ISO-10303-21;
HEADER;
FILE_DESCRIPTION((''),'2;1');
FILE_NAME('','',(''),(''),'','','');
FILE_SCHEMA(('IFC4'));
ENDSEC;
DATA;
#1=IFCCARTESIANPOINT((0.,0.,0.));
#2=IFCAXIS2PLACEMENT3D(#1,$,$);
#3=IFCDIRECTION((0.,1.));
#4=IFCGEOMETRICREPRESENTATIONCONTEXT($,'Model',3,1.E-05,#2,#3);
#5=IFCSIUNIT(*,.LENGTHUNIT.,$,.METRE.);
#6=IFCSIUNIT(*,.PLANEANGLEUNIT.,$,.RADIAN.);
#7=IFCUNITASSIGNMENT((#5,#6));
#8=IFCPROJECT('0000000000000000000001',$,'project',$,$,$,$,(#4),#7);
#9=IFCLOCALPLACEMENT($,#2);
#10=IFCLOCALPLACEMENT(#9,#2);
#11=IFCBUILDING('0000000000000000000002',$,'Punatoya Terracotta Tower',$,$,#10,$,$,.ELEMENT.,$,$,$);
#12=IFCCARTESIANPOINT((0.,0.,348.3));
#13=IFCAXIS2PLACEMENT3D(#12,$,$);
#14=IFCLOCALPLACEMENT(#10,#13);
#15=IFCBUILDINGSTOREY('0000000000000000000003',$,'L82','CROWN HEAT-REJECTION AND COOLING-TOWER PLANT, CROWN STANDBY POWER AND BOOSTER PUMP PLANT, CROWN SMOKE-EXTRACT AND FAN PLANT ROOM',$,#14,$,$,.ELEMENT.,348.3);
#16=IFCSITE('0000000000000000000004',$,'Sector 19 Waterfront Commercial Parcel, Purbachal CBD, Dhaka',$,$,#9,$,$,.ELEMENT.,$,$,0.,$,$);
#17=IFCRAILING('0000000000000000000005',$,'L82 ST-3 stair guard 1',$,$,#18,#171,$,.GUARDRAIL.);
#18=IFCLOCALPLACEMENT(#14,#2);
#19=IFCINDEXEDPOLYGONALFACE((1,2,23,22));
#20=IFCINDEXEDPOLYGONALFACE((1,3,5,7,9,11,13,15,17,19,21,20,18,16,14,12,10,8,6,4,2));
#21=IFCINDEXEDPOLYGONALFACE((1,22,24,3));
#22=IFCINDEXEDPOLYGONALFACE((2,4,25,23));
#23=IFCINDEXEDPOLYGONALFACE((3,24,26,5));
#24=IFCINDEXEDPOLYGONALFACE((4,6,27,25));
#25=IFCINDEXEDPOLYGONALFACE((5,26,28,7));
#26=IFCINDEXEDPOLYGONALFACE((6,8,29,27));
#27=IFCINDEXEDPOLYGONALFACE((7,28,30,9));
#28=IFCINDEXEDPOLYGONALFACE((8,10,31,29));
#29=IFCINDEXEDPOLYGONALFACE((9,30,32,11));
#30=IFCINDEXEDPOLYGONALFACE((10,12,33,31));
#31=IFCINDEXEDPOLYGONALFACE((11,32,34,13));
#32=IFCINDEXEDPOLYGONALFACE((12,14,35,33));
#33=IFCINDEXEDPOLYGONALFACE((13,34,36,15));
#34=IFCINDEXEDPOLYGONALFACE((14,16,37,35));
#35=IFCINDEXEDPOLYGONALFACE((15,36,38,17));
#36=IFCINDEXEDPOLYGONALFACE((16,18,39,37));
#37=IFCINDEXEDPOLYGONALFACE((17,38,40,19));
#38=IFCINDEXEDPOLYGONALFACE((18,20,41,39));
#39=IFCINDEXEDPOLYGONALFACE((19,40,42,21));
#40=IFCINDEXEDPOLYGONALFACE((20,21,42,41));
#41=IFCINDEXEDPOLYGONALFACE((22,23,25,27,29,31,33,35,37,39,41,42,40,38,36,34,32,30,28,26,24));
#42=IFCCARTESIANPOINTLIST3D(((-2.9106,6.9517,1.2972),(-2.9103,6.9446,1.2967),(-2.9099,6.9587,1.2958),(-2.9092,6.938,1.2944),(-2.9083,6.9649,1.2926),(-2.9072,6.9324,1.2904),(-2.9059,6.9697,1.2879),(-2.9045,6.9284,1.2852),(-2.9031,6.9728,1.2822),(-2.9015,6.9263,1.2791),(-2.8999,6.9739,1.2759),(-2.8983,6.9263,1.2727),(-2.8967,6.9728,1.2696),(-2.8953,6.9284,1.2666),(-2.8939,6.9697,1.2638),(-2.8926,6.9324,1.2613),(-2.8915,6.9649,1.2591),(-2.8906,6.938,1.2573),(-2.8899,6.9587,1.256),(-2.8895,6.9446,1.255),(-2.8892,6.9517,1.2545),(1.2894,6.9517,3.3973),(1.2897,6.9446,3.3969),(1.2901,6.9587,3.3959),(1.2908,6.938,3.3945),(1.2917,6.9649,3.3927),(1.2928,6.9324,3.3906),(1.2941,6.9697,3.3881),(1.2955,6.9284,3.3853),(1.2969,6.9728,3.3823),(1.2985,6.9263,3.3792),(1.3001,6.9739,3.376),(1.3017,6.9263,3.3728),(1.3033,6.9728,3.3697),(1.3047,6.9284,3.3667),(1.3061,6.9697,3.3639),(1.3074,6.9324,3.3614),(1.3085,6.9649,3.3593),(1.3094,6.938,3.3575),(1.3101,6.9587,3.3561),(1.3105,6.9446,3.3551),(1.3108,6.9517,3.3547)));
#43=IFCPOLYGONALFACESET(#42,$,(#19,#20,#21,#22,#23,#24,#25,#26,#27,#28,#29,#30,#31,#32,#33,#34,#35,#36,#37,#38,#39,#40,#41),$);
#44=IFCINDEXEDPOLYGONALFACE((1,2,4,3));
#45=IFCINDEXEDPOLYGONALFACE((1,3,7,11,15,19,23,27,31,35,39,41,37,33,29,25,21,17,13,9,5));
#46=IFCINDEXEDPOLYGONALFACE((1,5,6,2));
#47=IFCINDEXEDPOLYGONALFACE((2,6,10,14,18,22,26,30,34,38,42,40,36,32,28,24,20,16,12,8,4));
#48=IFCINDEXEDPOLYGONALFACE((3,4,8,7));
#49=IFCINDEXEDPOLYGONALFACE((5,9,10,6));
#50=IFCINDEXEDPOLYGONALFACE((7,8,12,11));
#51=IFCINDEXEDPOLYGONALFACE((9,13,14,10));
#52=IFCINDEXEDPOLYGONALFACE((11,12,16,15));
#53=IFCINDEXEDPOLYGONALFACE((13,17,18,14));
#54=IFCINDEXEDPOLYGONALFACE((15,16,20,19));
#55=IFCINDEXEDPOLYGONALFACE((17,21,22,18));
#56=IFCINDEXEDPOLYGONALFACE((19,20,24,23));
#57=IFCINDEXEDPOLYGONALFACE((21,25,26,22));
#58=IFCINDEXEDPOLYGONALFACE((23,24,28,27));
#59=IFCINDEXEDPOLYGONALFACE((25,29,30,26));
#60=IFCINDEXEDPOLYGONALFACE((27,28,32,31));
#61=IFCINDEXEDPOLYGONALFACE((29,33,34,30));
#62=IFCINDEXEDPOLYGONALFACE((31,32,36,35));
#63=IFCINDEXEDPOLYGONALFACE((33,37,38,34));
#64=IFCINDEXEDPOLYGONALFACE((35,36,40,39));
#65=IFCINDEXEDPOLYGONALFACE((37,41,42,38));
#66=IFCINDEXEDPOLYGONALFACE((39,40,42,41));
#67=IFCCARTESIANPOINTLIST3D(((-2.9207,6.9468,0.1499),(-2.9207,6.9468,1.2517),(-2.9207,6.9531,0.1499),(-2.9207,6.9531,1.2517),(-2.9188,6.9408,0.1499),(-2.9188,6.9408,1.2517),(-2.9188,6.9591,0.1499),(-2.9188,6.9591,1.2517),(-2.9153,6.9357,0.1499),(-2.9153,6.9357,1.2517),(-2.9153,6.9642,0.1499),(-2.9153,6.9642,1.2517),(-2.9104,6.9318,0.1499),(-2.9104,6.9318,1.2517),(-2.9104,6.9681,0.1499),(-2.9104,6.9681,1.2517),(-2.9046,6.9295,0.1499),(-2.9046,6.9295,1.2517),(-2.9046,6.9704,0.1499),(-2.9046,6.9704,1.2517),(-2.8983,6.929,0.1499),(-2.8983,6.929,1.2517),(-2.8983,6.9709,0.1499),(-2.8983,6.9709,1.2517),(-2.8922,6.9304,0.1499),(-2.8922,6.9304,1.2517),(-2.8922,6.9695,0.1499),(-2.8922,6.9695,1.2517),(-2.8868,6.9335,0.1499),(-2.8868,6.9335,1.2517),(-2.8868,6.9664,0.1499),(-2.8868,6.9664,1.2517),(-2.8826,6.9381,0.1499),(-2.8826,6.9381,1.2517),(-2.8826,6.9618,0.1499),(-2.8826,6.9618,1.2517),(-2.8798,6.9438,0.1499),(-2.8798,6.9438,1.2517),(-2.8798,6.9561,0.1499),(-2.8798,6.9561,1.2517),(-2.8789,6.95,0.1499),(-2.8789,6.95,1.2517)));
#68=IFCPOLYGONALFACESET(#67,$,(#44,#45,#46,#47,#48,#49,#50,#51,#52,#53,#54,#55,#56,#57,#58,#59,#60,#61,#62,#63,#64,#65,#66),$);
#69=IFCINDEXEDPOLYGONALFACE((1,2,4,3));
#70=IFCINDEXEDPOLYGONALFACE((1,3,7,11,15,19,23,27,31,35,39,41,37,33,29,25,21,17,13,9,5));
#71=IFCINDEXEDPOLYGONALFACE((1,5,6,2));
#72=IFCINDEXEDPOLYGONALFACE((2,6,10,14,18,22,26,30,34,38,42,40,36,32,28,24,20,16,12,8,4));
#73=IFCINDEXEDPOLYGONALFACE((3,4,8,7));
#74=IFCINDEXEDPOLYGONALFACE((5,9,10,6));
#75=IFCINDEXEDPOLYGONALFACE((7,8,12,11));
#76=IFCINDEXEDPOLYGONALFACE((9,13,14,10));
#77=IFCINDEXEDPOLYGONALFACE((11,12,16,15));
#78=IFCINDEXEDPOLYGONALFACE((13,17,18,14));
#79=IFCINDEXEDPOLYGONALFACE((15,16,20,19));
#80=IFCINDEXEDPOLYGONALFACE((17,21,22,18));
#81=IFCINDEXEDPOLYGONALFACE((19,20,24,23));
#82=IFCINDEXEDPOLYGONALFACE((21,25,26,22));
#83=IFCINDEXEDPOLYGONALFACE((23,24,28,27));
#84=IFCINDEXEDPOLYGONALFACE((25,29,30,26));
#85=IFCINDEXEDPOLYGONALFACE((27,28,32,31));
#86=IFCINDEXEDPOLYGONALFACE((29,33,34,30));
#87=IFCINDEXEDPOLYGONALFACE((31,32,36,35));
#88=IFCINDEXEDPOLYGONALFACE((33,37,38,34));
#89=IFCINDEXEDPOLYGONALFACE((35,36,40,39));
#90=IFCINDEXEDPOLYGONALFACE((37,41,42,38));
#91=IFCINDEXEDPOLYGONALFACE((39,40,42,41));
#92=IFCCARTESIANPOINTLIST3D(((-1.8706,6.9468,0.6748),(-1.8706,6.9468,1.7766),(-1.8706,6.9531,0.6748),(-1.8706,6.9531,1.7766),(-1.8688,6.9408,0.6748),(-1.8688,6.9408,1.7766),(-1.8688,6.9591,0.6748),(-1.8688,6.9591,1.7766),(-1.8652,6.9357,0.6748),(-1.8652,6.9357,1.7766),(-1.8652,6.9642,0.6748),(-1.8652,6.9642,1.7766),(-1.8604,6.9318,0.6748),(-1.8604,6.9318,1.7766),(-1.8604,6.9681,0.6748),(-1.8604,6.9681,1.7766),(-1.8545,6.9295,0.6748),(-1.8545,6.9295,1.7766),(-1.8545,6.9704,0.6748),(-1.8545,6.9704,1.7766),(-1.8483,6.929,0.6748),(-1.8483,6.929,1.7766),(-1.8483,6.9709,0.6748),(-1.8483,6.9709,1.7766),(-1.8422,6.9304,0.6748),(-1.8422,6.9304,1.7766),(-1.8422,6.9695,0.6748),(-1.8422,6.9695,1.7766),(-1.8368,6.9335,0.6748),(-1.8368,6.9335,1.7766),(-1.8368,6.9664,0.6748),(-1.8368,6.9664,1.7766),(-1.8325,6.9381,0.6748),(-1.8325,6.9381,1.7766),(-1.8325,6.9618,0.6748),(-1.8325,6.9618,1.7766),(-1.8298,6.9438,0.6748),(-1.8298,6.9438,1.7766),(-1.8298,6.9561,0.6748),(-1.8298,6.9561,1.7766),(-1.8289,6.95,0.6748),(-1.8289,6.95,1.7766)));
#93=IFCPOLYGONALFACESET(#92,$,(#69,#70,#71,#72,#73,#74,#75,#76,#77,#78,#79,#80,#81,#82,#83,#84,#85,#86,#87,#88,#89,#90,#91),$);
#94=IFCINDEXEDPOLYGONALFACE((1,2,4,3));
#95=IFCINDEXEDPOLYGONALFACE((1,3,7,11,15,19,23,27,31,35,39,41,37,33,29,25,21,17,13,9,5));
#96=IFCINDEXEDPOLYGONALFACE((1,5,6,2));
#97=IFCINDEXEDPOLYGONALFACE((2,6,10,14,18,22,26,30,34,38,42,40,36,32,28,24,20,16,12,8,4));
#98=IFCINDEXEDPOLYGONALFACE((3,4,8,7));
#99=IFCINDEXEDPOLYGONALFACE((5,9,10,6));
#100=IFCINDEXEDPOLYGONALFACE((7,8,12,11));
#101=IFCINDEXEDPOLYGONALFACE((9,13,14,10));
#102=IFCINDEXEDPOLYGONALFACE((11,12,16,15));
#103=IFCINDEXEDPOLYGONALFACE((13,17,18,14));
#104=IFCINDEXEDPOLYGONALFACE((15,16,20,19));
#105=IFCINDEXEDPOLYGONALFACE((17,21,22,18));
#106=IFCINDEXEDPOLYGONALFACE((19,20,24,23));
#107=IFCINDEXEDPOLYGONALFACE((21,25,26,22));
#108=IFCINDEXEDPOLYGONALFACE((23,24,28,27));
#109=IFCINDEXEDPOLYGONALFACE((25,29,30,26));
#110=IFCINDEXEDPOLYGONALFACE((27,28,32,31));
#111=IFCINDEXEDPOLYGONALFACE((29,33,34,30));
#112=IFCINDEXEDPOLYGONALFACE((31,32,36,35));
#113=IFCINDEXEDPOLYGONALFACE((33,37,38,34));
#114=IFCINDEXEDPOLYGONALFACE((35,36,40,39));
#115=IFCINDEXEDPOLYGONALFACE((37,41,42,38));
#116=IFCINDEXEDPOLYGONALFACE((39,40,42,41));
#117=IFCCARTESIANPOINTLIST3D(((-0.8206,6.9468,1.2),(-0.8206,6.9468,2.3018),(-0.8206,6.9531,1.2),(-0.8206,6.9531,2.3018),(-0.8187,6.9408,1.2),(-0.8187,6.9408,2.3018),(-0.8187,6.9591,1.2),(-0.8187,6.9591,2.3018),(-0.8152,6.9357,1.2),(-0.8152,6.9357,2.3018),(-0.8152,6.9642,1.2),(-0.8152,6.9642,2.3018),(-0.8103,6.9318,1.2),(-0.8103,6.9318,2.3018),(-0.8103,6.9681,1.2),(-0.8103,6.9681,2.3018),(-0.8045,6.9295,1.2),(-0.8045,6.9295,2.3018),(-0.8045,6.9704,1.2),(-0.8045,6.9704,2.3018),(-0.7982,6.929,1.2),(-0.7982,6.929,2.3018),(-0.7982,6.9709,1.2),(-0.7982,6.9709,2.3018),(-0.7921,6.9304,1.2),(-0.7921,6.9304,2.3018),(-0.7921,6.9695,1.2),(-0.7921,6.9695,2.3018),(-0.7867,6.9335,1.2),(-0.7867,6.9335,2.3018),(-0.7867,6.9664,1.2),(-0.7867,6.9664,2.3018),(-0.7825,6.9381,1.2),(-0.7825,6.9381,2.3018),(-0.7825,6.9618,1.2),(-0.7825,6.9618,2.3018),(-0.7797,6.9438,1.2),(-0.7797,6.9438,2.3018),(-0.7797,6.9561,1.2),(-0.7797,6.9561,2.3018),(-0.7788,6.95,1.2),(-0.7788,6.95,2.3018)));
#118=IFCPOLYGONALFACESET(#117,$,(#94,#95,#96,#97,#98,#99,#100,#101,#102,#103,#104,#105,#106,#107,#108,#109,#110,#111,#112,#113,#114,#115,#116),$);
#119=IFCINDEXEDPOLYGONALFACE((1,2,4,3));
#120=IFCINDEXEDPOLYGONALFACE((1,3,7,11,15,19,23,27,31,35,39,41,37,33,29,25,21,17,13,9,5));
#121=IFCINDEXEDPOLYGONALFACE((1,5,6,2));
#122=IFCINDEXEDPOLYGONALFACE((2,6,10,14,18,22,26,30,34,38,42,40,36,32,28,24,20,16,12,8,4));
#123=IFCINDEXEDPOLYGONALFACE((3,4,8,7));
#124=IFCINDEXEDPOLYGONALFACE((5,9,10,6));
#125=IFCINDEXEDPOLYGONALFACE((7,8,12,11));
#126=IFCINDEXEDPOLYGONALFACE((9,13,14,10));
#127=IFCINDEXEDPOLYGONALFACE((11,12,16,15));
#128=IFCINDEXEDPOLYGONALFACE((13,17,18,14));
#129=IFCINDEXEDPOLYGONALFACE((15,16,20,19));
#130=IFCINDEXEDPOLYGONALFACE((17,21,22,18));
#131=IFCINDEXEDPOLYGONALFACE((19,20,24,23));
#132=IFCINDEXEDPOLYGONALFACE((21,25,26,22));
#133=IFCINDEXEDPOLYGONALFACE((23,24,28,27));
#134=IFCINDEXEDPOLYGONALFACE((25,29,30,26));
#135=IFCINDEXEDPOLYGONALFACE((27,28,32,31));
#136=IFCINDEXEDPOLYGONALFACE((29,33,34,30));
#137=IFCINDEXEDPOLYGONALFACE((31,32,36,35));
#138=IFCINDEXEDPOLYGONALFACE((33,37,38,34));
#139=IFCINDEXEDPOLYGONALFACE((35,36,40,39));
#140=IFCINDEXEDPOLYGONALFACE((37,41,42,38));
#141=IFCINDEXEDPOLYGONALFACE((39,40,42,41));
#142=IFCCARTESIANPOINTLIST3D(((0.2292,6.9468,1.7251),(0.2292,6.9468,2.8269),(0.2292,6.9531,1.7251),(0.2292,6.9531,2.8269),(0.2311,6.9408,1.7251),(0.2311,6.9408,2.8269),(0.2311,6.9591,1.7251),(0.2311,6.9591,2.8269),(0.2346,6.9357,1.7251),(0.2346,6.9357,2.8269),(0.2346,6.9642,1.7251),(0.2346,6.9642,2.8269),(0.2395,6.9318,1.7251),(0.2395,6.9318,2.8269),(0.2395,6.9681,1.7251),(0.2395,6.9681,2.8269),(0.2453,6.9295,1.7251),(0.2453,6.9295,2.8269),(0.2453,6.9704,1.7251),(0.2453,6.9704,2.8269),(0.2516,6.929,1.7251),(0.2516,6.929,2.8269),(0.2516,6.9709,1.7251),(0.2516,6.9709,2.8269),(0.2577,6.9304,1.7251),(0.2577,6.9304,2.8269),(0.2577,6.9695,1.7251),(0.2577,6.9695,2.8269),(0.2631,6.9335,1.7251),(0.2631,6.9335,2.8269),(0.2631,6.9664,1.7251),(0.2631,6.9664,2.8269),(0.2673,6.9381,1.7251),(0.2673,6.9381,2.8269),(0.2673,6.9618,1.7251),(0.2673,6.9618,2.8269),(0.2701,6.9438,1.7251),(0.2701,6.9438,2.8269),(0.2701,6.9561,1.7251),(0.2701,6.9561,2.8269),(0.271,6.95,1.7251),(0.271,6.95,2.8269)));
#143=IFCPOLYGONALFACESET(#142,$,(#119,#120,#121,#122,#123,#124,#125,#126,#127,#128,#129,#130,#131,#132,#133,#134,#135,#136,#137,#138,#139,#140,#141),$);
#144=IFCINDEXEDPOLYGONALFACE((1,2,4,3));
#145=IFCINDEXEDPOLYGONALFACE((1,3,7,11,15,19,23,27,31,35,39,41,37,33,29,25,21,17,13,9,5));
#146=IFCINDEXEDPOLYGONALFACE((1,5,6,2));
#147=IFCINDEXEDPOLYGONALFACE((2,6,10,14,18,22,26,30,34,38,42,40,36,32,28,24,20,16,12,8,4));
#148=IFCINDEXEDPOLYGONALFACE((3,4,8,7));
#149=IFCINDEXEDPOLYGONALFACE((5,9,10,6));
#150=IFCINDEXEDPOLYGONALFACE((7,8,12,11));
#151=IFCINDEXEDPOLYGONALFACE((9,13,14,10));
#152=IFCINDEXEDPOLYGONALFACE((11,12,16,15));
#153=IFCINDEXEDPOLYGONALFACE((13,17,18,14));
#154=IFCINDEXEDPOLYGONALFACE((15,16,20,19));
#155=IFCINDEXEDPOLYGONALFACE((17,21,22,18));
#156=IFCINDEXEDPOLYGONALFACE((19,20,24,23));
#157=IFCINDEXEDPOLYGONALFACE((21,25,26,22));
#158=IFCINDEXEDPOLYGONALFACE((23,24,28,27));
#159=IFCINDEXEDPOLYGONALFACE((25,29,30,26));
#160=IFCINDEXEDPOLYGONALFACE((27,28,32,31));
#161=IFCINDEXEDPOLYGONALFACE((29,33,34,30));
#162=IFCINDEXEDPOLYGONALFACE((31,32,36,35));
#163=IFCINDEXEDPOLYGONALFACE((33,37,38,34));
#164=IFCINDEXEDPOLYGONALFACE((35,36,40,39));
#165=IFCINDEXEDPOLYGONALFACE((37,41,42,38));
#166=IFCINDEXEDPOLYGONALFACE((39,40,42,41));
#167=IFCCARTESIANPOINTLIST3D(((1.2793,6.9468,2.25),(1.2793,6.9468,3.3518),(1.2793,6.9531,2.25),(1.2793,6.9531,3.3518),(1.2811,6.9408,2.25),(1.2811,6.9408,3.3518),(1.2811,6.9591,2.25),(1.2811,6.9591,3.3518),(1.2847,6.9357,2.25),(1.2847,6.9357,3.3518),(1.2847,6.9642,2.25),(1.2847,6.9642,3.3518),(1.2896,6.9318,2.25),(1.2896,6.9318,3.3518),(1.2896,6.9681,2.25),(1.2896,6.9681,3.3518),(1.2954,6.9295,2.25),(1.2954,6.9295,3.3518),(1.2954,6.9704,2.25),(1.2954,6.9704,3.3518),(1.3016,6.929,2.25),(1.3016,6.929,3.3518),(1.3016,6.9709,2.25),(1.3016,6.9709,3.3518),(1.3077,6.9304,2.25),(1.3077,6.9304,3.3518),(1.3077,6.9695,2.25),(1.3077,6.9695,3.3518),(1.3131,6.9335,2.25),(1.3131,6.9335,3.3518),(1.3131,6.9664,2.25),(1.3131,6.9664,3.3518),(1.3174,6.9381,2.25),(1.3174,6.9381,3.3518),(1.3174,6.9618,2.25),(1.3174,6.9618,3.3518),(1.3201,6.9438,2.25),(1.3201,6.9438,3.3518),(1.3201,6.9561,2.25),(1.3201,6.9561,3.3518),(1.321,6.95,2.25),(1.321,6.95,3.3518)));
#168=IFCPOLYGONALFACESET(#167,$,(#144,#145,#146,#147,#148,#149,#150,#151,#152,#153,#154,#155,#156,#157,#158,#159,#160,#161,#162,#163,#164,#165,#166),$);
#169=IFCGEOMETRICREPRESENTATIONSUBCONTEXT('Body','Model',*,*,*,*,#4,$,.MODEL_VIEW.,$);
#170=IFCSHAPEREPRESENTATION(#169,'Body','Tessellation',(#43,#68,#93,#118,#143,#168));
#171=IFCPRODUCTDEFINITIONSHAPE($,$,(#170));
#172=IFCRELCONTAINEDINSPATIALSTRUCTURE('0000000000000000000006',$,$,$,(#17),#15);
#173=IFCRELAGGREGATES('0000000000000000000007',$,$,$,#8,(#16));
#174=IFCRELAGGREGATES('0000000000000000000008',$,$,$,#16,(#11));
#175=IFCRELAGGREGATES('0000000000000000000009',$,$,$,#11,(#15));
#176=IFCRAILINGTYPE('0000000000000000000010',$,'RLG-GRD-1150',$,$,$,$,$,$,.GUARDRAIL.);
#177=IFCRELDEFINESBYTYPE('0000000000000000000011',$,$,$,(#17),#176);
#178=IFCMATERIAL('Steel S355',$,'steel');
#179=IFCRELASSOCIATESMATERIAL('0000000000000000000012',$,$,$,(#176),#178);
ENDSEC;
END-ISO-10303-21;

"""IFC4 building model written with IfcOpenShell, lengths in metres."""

from ifc_helpers import new_model, si_unit, direction, frame, origin, origin_2d, place, context, subcontext, project, spatial, circle, extrude, material, type_object, element, save


model = new_model("IFC4")

# Units and contexts
model_context = context("Model", 3, precision=1e-05, world=origin(), true_north=direction((0.0, 1.0)))
body_context = subcontext(model_context, "Body", "Model", "MODEL_VIEW")
ifc_project = project(units=[si_unit("LENGTHUNIT", "METRE"), si_unit("PLANEANGLEUNIT", "RADIAN")], contexts=[model_context])

# Site, building, storey
site_placement = place(None, origin())
site = spatial("IfcSite", under=ifc_project, at=site_placement, Name="Sector 19 Waterfront Commercial Parcel, Purbachal CBD, Dhaka", CompositionType="ELEMENT", RefElevation=0.0)
building_placement = place(site_placement, origin())
building = spatial("IfcBuilding", under=site, at=building_placement, Name="Punatoya Terracotta Tower", CompositionType="ELEMENT")
storey_placement = place(building_placement, frame((0.0, 0.0, 348.3)))
storey = spatial("IfcBuildingStorey", under=building, at=storey_placement, Name="L82", Description="CROWN HEAT-REJECTION AND COOLING-TOWER PLANT, CROWN STANDBY POWER AND BOOSTER PUMP PLANT, CROWN SMOKE-EXTRACT AND FAN PLANT ROOM", CompositionType="ELEMENT", Elevation=348.3)

# Shared definitions
ifc_material_1 = material(Name="Steel S355", Category="steel")

# Railing
railing_type_1 = type_object("IfcRailingType", Name="RLG-GRD-1150", PredefinedType="GUARDRAIL", material=ifc_material_1)
railing_1_placement = place(storey_placement, frame((-2.8999, 6.95, 0.1499)))
element("IfcRailing", 1, at=railing_1_placement, inside=storey, type_object=railing_type_1, Name="L82 ST-3 stair guard 1", PredefinedType="GUARDRAIL", context=body_context, shape_type="SweptSolid", body=[
    extrude(circle(Radius=0.0239, at=origin_2d()), frame((0.0, 0.0, 1.126), z_axis=(0.894417, 0.0, 0.447234), x_axis=(0.0, 1.0, 0.0)), (0.0, 0.0, 1.0), 4.6958),
    extrude(circle(Radius=0.021, at=origin_2d()), origin(), (0.0, 0.0, 1.0), 1.1018),
    extrude(circle(Radius=0.021, at=origin_2d()), frame((1.05, 0.0, 0.5249)), (0.0, 0.0, 1.0), 1.1018),
    extrude(circle(Radius=0.021, at=origin_2d()), frame((2.1001, 0.0, 1.05)), (0.0, 0.0, 1.0), 1.1018),
    extrude(circle(Radius=0.021, at=origin_2d()), frame((3.1499, 0.0, 1.5752)), (0.0, 0.0, 1.0), 1.1018),
    extrude(circle(Radius=0.021, at=origin_2d()), frame((4.2, 0.0, 2.1001)), (0.0, 0.0, 1.0), 1.1018),
])

save(model, "model.ifc")
